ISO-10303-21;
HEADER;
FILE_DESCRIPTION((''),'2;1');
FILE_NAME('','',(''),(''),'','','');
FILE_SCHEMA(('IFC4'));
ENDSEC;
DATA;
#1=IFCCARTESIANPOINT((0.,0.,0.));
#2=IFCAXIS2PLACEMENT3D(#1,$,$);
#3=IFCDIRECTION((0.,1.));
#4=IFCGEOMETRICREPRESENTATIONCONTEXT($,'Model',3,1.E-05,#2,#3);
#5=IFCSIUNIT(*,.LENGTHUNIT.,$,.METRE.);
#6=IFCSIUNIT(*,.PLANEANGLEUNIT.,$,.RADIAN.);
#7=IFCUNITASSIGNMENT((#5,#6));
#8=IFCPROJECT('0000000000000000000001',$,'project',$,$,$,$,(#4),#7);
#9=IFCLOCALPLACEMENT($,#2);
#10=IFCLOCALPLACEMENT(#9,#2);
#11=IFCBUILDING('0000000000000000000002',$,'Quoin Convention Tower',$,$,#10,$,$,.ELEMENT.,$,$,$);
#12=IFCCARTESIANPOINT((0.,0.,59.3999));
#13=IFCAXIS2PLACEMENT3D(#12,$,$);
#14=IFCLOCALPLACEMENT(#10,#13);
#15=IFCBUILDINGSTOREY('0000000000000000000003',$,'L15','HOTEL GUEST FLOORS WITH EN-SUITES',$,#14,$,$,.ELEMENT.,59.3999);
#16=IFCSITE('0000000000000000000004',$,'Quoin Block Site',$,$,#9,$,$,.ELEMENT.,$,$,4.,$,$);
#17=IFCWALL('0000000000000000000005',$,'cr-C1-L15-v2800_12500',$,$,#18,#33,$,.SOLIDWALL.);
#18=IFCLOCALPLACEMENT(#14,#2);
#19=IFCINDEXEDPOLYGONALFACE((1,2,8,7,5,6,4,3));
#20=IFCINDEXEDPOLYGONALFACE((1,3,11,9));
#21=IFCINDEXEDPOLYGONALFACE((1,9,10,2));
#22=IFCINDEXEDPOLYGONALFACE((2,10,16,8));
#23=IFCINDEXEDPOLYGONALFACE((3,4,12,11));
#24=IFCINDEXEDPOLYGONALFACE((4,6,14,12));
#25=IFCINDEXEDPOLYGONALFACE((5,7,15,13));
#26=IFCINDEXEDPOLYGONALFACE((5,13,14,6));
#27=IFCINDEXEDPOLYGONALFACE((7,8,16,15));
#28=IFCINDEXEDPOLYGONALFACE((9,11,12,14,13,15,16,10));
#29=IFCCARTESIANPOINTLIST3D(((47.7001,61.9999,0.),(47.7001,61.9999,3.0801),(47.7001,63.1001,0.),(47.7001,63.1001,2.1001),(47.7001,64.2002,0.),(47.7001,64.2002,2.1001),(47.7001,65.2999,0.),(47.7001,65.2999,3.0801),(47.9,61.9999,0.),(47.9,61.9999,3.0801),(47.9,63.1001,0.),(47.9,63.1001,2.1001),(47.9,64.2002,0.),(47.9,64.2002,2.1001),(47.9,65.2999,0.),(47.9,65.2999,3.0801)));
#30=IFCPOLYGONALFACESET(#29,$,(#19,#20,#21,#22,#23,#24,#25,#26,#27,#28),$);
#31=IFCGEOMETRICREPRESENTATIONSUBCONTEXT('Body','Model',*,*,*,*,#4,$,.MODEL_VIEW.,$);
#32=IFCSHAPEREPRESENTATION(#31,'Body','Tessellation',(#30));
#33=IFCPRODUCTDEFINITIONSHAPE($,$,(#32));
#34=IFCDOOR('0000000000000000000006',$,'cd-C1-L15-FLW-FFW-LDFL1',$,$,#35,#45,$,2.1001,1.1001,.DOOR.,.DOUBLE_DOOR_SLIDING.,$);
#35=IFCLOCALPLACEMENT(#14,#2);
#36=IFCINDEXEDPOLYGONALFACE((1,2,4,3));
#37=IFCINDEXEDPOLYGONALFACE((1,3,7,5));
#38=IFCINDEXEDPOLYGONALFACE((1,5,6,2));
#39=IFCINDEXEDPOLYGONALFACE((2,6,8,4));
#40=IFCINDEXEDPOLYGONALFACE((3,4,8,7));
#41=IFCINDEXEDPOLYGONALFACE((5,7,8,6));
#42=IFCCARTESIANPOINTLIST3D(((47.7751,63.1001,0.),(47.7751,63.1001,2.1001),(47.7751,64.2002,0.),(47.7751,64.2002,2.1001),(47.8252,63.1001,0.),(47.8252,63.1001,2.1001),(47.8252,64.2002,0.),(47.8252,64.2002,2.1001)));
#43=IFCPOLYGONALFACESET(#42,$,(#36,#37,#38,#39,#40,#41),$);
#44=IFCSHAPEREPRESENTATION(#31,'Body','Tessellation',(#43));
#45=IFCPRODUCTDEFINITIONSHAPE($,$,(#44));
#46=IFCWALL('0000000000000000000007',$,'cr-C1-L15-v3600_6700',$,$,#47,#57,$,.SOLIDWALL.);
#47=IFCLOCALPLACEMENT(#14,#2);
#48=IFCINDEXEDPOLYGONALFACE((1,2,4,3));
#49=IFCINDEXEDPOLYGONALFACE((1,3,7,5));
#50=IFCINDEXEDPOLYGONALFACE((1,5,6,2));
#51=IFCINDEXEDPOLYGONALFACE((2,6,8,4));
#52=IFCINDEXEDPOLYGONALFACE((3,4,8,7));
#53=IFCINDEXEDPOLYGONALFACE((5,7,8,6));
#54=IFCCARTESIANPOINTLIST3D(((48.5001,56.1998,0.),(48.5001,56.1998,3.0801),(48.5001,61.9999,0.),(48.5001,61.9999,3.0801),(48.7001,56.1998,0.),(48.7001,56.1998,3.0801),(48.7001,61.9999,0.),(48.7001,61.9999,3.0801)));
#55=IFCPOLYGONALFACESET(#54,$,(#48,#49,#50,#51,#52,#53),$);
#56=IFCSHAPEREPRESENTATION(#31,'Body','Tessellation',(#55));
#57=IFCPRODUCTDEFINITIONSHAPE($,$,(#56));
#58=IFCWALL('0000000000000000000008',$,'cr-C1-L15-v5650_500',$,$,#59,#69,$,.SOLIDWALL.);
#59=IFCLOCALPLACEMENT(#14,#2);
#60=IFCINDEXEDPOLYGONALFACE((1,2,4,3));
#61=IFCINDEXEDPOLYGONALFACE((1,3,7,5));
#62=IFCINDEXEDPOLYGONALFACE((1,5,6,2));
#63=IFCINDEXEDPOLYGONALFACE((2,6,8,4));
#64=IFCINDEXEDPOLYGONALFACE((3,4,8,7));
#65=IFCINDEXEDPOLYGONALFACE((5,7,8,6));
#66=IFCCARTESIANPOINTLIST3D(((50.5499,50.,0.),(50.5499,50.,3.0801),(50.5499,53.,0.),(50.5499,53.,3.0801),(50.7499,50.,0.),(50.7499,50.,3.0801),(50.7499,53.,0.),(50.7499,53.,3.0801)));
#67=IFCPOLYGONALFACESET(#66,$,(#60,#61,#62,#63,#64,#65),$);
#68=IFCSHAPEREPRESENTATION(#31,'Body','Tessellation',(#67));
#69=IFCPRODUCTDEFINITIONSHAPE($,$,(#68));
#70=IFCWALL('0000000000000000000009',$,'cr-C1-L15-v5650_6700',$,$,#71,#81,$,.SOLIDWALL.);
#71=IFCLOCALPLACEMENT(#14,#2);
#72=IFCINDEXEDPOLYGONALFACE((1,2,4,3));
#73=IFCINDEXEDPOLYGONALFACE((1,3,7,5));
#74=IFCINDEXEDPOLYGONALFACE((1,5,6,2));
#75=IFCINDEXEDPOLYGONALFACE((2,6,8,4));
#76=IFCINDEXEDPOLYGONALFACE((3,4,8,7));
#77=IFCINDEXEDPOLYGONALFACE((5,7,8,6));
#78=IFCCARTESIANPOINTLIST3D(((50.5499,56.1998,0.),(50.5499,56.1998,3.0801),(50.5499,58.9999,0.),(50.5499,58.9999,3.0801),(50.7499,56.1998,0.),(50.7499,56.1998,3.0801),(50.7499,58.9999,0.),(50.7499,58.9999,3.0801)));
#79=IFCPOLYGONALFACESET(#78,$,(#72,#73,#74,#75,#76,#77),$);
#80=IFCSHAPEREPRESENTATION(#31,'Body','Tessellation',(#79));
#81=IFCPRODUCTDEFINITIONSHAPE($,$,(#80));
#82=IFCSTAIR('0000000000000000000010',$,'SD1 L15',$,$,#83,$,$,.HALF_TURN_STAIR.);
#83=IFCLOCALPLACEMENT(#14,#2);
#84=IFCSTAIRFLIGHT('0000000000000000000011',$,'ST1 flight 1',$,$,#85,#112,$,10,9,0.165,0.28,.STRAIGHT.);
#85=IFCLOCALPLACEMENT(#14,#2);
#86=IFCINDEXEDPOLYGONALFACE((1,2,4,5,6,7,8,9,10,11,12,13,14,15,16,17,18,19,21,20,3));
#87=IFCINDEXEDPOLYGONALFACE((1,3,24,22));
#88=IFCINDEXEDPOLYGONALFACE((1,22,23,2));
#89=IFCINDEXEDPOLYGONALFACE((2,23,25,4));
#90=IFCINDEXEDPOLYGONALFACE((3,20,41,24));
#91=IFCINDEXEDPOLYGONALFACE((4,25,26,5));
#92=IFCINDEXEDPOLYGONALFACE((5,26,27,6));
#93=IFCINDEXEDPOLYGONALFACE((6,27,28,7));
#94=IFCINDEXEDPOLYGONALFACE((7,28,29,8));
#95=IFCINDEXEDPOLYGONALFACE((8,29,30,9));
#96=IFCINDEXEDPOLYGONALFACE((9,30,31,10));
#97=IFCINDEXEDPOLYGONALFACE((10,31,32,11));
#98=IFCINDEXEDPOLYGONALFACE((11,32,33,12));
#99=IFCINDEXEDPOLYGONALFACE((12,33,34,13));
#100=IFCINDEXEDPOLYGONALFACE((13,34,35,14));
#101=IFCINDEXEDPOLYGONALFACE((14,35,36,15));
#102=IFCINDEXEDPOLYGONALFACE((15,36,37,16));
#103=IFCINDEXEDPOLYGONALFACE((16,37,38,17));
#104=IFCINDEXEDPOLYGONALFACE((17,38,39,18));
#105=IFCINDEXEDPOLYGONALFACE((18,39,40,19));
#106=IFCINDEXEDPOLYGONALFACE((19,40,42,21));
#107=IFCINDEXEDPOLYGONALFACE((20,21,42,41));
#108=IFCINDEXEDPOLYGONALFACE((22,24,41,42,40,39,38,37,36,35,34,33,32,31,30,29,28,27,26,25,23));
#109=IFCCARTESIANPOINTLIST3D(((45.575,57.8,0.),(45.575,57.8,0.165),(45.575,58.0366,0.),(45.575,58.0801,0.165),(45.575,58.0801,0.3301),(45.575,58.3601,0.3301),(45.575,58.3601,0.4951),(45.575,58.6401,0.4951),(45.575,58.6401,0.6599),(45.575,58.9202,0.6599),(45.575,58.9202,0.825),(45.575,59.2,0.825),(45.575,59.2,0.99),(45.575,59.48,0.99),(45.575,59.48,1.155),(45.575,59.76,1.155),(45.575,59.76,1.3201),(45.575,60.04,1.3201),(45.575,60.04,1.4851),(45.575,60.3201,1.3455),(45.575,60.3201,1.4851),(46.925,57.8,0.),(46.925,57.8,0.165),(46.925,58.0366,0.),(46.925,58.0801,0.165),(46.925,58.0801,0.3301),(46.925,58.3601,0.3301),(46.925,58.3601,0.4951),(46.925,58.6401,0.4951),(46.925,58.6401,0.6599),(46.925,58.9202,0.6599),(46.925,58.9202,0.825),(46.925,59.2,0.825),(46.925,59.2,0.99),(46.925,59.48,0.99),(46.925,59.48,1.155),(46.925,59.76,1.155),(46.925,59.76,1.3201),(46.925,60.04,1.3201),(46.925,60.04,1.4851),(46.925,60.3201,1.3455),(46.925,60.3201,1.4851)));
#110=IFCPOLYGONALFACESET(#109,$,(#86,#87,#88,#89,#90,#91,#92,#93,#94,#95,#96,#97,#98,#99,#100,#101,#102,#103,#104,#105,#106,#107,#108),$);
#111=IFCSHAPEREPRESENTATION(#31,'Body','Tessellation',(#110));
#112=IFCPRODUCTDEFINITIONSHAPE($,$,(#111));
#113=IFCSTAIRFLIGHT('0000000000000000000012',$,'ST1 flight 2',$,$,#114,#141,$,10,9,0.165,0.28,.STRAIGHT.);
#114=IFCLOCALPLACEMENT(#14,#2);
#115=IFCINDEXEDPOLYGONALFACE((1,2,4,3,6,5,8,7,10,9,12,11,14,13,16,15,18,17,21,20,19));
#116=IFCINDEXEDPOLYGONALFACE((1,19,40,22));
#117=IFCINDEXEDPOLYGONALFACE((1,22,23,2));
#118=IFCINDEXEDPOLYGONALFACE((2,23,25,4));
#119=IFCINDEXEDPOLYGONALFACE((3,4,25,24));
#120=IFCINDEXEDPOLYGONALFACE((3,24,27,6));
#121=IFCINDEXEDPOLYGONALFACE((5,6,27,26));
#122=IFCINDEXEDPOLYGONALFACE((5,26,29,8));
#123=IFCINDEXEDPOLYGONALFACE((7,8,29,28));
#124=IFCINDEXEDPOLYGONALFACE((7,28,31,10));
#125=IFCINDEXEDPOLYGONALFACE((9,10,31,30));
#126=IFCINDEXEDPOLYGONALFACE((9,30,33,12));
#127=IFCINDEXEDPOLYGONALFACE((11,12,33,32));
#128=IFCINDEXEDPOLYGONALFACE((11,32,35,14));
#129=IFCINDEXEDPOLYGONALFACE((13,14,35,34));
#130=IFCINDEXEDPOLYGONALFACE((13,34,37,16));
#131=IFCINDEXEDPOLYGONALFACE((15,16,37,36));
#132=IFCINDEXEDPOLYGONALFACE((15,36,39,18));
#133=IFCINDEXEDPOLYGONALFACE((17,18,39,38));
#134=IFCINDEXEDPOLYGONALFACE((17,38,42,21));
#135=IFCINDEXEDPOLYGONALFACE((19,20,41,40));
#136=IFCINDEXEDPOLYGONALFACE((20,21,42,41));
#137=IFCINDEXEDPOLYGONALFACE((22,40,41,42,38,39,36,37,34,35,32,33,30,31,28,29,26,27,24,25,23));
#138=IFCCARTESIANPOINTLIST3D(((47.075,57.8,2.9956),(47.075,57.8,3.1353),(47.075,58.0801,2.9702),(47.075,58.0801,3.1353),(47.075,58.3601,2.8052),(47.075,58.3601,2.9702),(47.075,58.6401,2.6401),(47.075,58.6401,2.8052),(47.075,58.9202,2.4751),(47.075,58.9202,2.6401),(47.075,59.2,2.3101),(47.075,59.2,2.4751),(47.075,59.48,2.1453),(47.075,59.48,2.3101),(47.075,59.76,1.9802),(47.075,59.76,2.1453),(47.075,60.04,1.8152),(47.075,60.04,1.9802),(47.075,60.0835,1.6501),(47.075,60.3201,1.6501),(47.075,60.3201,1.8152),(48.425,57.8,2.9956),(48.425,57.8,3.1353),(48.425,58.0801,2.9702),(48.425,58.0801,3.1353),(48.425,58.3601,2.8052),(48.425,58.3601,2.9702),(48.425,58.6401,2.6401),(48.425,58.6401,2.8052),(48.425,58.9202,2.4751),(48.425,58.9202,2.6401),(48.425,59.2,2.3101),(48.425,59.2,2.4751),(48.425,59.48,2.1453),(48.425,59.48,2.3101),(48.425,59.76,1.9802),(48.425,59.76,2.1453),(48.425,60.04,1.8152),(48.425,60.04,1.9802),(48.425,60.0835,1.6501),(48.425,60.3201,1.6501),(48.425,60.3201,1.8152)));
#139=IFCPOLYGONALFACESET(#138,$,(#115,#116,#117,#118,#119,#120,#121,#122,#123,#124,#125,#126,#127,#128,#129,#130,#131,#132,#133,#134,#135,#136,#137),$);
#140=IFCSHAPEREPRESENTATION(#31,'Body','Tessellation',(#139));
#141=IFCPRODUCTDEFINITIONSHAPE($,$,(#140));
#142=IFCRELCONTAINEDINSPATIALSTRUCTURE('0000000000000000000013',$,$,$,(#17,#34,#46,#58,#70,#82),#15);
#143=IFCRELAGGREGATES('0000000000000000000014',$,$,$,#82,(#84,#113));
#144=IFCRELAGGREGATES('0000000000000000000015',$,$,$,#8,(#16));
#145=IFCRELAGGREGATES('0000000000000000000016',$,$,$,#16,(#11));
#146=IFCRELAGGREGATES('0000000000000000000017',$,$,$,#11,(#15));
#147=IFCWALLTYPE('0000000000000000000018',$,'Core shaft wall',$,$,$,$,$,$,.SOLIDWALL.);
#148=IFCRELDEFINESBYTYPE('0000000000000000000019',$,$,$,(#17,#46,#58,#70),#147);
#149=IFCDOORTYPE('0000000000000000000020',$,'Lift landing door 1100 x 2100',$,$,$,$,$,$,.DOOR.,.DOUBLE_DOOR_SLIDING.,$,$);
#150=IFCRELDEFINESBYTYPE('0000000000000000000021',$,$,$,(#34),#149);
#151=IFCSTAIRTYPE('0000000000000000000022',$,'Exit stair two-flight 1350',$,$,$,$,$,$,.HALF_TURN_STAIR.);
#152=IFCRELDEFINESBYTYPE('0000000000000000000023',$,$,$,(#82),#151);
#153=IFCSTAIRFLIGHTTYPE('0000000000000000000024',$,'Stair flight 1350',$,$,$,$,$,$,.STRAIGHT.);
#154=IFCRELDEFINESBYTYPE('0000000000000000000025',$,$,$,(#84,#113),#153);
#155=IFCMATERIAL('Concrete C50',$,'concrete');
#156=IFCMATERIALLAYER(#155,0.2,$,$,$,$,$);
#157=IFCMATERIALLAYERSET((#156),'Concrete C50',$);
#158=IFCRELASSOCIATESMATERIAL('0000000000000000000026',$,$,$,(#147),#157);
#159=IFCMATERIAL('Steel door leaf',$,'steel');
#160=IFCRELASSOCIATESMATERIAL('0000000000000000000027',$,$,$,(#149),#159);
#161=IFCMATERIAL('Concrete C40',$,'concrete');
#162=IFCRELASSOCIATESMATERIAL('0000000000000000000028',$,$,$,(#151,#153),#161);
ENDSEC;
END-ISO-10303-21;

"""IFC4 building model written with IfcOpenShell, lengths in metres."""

from ifc_helpers import new_model, si_unit, direction, frame, frame_2d, origin, place, context, subcontext, project, spatial, polyline, rectangle, outline, extrude, material, layer, layer_set, type_object, element, fill, aggregate, save


model = new_model("IFC4")

# Units and contexts
model_context = context("Model", 3, precision=1e-05, world=origin(), true_north=direction((0.0, 1.0)))
body_context = subcontext(model_context, "Body", "Model", "MODEL_VIEW")
ifc_project = project(units=[si_unit("LENGTHUNIT", "METRE"), si_unit("PLANEANGLEUNIT", "RADIAN")], contexts=[model_context])

# Site, building, storey
site_placement = place(None, origin())
site = spatial("IfcSite", under=ifc_project, at=site_placement, Name="Quoin Block Site", CompositionType="ELEMENT", RefElevation=4.0)
building_placement = place(site_placement, origin())
building = spatial("IfcBuilding", under=site, at=building_placement, Name="Quoin Convention Tower", CompositionType="ELEMENT")
storey_placement = place(building_placement, frame((0.0, 0.0, 59.3999)))
storey = spatial("IfcBuildingStorey", under=building, at=storey_placement, Name="L15", Description="HOTEL GUEST FLOORS WITH EN-SUITES", CompositionType="ELEMENT", Elevation=59.3999)

# Shared definitions
ifc_material_1 = material(Name="Concrete C50", Category="concrete")
ifc_layer_1 = layer(ifc_material_1, 0.2)
ifc_layer_set_1 = layer_set([ifc_layer_1], Name="Concrete C50")
wall_type_1 = type_object("IfcWallType", Name="Core shaft wall", PredefinedType="SOLIDWALL", material=ifc_layer_set_1)
ifc_material_2 = material(Name="Steel door leaf", Category="steel")

# Wall, opening, door
wall_1_placement = place(storey_placement, frame((47.8, 62.0, 0.0), z_axis=(0.0, 0.0, 1.0), x_axis=(0.0, 1.0, 0.0)))
wall_1 = element("IfcWall", 1, at=wall_1_placement, inside=storey, type_object=wall_type_1, Name="cr-C1-L15-v2800_12500", PredefinedType="SOLIDWALL", context=body_context, shape_type="SweptSolid", body=[
    extrude(rectangle(XDim=3.3, YDim=0.2, at=frame_2d((1.6499, 0.0))), origin(), (0.0, 0.0, 1.0), 3.0801),
])
opening_1_placement = place(wall_1_placement, frame((1.1001, 0.0, 0.0)))
opening_1 = element("IfcOpeningElement", 2, at=opening_1_placement, cuts=wall_1, PredefinedType="OPENING", context=body_context, shape_type="SweptSolid", body=[
    extrude(rectangle(XDim=1.1001, YDim=2.1001, at=frame_2d((0.55, 1.05))), frame((0.0, 0.1099, 0.0), z_axis=(0.0, -1.0, 0.0), x_axis=(1.0, 0.0, 0.0)), (0.0, 0.0, 1.0), 0.22),
])
door_type_1 = type_object("IfcDoorType", Name="Lift landing door 1100 x 2100", OperationType="DOUBLE_DOOR_SLIDING", PredefinedType="DOOR", material=ifc_material_2)
door_1_placement = place(opening_1_placement, origin())
door_1 = element("IfcDoor", 3, at=door_1_placement, inside=storey, type_object=door_type_1, Name="cd-C1-L15-FLW-FFW-LDFL1", OperationType="DOUBLE_DOOR_SLIDING", OverallHeight=2.1001, OverallWidth=1.1001, PredefinedType="DOOR", context=body_context, shape_type="SweptSolid", body=[
    extrude(rectangle(XDim=1.1001, YDim=2.1001, at=frame_2d((0.55, 1.05))), frame((0.0, 0.0249, 0.0), z_axis=(0.0, -1.0, 0.0), x_axis=(1.0, 0.0, 0.0)), (0.0, 0.0, 1.0), 0.05),
])
fill(opening_1, door_1)

# Walls
wall_2_placement = place(storey_placement, frame((48.6001, 56.2, 0.0), z_axis=(0.0, 0.0, 1.0), x_axis=(0.0, 1.0, 0.0)))
element("IfcWall", 4, at=wall_2_placement, inside=storey, type_object=wall_type_1, Name="cr-C1-L15-v3600_6700", PredefinedType="SOLIDWALL", context=body_context, shape_type="SweptSolid", body=[
    extrude(rectangle(XDim=5.8, YDim=0.2, at=frame_2d((2.8999, 0.0))), origin(), (0.0, 0.0, 1.0), 3.0801),
])
wall_3_placement = place(storey_placement, frame((50.6499, 50.0, 0.0), z_axis=(0.0, 0.0, 1.0), x_axis=(0.0, 1.0, 0.0)))
element("IfcWall", 5, at=wall_3_placement, inside=storey, type_object=wall_type_1, Name="cr-C1-L15-v5650_500", PredefinedType="SOLIDWALL", context=body_context, shape_type="SweptSolid", body=[
    extrude(rectangle(XDim=3.0, YDim=0.2, at=frame_2d((1.5, 0.0))), origin(), (0.0, 0.0, 1.0), 3.0801),
])
wall_4_placement = place(storey_placement, frame((50.6499, 56.2, 0.0), z_axis=(0.0, 0.0, 1.0), x_axis=(0.0, 1.0, 0.0)))
element("IfcWall", 6, at=wall_4_placement, inside=storey, type_object=wall_type_1, Name="cr-C1-L15-v5650_6700", PredefinedType="SOLIDWALL", context=body_context, shape_type="SweptSolid", body=[
    extrude(rectangle(XDim=2.8, YDim=0.2, at=frame_2d((1.3999, 0.0))), origin(), (0.0, 0.0, 1.0), 3.0801),
])

# Stair, stair flights
ifc_material_3 = material(Name="Concrete C40", Category="concrete")
stair_type = type_object("IfcStairType", Name="Exit stair two-flight 1350", PredefinedType="HALF_TURN_STAIR", material=ifc_material_3)
stair_placement = place(storey_placement, origin())
stair = element("IfcStair", 7, at=stair_placement, inside=storey, type_object=stair_type, Name="SD1 L15", PredefinedType="HALF_TURN_STAIR")
stair_flight_type = type_object("IfcStairFlightType", Name="Stair flight 1350", PredefinedType="STRAIGHT", material=ifc_material_3)
stair_flight_1_placement = place(storey_placement, frame((46.25, 57.8, 0.0), z_axis=(0.0, 0.0, 1.0), x_axis=(0.0, 1.0, 0.0)))
stair_flight_1 = element("IfcStairFlight", 8, at=stair_flight_1_placement, type_object=stair_flight_type, Name="ST1 flight 1", NumberOfRisers=10, NumberOfTreads=9, PredefinedType="STRAIGHT", RiserHeight=0.165, TreadLength=0.28, context=body_context, shape_type="SweptSolid", body=[
    extrude(outline(polyline([(0.0, 0.0), (0.0, 0.165), (0.28, 0.165), (0.28, 0.3301), (0.5601, 0.3301), (0.5601, 0.4951), (0.8401, 0.4951), (0.8401, 0.6599), (1.1201, 0.6599), (1.1201, 0.825), (1.3999, 0.825), (1.3999, 0.99), (1.6799, 0.99), (1.6799, 1.155), (1.96, 1.155), (1.96, 1.3201), (2.24, 1.3201), (2.24, 1.4851), (2.52, 1.4851), (2.52, 1.6499), (2.52, 1.3455), (0.2366, 0.0), (0.0, 0.0)])), frame((0.0, 0.675, 0.0), z_axis=(0.0, -1.0, 0.0), x_axis=(1.0, 0.0, 0.0)), (0.0, 0.0, 1.0), 1.3501),
])
stair_flight_2_placement = place(storey_placement, frame((47.75, 60.3201, 1.6501), z_axis=(0.0, 0.0, 1.0), x_axis=(0.0, -1.0, 0.0)))
stair_flight_2 = element("IfcStairFlight", 9, at=stair_flight_2_placement, type_object=stair_flight_type, Name="ST1 flight 2", NumberOfRisers=10, NumberOfTreads=9, PredefinedType="STRAIGHT", RiserHeight=0.165, TreadLength=0.28, context=body_context, shape_type="SweptSolid", body=[
    extrude(outline(polyline([(0.0, 0.0), (0.0, 0.165), (0.28, 0.165), (0.28, 0.3301), (0.5601, 0.3301), (0.5601, 0.4951), (0.8401, 0.4951), (0.8401, 0.6599), (1.1201, 0.6599), (1.1201, 0.825), (1.3999, 0.825), (1.3999, 0.99), (1.6799, 0.99), (1.6799, 1.155), (1.96, 1.155), (1.96, 1.3201), (2.24, 1.3201), (2.24, 1.4851), (2.52, 1.4851), (2.52, 1.6499), (2.52, 1.3455), (0.2366, 0.0), (0.0, 0.0)])), frame((0.0, 0.675, 0.0), z_axis=(0.0, -1.0, 0.0), x_axis=(1.0, 0.0, 0.0)), (0.0, 0.0, 1.0), 1.3501),
])
aggregate(stair, [stair_flight_1, stair_flight_2])

save(model, "model.ifc")
